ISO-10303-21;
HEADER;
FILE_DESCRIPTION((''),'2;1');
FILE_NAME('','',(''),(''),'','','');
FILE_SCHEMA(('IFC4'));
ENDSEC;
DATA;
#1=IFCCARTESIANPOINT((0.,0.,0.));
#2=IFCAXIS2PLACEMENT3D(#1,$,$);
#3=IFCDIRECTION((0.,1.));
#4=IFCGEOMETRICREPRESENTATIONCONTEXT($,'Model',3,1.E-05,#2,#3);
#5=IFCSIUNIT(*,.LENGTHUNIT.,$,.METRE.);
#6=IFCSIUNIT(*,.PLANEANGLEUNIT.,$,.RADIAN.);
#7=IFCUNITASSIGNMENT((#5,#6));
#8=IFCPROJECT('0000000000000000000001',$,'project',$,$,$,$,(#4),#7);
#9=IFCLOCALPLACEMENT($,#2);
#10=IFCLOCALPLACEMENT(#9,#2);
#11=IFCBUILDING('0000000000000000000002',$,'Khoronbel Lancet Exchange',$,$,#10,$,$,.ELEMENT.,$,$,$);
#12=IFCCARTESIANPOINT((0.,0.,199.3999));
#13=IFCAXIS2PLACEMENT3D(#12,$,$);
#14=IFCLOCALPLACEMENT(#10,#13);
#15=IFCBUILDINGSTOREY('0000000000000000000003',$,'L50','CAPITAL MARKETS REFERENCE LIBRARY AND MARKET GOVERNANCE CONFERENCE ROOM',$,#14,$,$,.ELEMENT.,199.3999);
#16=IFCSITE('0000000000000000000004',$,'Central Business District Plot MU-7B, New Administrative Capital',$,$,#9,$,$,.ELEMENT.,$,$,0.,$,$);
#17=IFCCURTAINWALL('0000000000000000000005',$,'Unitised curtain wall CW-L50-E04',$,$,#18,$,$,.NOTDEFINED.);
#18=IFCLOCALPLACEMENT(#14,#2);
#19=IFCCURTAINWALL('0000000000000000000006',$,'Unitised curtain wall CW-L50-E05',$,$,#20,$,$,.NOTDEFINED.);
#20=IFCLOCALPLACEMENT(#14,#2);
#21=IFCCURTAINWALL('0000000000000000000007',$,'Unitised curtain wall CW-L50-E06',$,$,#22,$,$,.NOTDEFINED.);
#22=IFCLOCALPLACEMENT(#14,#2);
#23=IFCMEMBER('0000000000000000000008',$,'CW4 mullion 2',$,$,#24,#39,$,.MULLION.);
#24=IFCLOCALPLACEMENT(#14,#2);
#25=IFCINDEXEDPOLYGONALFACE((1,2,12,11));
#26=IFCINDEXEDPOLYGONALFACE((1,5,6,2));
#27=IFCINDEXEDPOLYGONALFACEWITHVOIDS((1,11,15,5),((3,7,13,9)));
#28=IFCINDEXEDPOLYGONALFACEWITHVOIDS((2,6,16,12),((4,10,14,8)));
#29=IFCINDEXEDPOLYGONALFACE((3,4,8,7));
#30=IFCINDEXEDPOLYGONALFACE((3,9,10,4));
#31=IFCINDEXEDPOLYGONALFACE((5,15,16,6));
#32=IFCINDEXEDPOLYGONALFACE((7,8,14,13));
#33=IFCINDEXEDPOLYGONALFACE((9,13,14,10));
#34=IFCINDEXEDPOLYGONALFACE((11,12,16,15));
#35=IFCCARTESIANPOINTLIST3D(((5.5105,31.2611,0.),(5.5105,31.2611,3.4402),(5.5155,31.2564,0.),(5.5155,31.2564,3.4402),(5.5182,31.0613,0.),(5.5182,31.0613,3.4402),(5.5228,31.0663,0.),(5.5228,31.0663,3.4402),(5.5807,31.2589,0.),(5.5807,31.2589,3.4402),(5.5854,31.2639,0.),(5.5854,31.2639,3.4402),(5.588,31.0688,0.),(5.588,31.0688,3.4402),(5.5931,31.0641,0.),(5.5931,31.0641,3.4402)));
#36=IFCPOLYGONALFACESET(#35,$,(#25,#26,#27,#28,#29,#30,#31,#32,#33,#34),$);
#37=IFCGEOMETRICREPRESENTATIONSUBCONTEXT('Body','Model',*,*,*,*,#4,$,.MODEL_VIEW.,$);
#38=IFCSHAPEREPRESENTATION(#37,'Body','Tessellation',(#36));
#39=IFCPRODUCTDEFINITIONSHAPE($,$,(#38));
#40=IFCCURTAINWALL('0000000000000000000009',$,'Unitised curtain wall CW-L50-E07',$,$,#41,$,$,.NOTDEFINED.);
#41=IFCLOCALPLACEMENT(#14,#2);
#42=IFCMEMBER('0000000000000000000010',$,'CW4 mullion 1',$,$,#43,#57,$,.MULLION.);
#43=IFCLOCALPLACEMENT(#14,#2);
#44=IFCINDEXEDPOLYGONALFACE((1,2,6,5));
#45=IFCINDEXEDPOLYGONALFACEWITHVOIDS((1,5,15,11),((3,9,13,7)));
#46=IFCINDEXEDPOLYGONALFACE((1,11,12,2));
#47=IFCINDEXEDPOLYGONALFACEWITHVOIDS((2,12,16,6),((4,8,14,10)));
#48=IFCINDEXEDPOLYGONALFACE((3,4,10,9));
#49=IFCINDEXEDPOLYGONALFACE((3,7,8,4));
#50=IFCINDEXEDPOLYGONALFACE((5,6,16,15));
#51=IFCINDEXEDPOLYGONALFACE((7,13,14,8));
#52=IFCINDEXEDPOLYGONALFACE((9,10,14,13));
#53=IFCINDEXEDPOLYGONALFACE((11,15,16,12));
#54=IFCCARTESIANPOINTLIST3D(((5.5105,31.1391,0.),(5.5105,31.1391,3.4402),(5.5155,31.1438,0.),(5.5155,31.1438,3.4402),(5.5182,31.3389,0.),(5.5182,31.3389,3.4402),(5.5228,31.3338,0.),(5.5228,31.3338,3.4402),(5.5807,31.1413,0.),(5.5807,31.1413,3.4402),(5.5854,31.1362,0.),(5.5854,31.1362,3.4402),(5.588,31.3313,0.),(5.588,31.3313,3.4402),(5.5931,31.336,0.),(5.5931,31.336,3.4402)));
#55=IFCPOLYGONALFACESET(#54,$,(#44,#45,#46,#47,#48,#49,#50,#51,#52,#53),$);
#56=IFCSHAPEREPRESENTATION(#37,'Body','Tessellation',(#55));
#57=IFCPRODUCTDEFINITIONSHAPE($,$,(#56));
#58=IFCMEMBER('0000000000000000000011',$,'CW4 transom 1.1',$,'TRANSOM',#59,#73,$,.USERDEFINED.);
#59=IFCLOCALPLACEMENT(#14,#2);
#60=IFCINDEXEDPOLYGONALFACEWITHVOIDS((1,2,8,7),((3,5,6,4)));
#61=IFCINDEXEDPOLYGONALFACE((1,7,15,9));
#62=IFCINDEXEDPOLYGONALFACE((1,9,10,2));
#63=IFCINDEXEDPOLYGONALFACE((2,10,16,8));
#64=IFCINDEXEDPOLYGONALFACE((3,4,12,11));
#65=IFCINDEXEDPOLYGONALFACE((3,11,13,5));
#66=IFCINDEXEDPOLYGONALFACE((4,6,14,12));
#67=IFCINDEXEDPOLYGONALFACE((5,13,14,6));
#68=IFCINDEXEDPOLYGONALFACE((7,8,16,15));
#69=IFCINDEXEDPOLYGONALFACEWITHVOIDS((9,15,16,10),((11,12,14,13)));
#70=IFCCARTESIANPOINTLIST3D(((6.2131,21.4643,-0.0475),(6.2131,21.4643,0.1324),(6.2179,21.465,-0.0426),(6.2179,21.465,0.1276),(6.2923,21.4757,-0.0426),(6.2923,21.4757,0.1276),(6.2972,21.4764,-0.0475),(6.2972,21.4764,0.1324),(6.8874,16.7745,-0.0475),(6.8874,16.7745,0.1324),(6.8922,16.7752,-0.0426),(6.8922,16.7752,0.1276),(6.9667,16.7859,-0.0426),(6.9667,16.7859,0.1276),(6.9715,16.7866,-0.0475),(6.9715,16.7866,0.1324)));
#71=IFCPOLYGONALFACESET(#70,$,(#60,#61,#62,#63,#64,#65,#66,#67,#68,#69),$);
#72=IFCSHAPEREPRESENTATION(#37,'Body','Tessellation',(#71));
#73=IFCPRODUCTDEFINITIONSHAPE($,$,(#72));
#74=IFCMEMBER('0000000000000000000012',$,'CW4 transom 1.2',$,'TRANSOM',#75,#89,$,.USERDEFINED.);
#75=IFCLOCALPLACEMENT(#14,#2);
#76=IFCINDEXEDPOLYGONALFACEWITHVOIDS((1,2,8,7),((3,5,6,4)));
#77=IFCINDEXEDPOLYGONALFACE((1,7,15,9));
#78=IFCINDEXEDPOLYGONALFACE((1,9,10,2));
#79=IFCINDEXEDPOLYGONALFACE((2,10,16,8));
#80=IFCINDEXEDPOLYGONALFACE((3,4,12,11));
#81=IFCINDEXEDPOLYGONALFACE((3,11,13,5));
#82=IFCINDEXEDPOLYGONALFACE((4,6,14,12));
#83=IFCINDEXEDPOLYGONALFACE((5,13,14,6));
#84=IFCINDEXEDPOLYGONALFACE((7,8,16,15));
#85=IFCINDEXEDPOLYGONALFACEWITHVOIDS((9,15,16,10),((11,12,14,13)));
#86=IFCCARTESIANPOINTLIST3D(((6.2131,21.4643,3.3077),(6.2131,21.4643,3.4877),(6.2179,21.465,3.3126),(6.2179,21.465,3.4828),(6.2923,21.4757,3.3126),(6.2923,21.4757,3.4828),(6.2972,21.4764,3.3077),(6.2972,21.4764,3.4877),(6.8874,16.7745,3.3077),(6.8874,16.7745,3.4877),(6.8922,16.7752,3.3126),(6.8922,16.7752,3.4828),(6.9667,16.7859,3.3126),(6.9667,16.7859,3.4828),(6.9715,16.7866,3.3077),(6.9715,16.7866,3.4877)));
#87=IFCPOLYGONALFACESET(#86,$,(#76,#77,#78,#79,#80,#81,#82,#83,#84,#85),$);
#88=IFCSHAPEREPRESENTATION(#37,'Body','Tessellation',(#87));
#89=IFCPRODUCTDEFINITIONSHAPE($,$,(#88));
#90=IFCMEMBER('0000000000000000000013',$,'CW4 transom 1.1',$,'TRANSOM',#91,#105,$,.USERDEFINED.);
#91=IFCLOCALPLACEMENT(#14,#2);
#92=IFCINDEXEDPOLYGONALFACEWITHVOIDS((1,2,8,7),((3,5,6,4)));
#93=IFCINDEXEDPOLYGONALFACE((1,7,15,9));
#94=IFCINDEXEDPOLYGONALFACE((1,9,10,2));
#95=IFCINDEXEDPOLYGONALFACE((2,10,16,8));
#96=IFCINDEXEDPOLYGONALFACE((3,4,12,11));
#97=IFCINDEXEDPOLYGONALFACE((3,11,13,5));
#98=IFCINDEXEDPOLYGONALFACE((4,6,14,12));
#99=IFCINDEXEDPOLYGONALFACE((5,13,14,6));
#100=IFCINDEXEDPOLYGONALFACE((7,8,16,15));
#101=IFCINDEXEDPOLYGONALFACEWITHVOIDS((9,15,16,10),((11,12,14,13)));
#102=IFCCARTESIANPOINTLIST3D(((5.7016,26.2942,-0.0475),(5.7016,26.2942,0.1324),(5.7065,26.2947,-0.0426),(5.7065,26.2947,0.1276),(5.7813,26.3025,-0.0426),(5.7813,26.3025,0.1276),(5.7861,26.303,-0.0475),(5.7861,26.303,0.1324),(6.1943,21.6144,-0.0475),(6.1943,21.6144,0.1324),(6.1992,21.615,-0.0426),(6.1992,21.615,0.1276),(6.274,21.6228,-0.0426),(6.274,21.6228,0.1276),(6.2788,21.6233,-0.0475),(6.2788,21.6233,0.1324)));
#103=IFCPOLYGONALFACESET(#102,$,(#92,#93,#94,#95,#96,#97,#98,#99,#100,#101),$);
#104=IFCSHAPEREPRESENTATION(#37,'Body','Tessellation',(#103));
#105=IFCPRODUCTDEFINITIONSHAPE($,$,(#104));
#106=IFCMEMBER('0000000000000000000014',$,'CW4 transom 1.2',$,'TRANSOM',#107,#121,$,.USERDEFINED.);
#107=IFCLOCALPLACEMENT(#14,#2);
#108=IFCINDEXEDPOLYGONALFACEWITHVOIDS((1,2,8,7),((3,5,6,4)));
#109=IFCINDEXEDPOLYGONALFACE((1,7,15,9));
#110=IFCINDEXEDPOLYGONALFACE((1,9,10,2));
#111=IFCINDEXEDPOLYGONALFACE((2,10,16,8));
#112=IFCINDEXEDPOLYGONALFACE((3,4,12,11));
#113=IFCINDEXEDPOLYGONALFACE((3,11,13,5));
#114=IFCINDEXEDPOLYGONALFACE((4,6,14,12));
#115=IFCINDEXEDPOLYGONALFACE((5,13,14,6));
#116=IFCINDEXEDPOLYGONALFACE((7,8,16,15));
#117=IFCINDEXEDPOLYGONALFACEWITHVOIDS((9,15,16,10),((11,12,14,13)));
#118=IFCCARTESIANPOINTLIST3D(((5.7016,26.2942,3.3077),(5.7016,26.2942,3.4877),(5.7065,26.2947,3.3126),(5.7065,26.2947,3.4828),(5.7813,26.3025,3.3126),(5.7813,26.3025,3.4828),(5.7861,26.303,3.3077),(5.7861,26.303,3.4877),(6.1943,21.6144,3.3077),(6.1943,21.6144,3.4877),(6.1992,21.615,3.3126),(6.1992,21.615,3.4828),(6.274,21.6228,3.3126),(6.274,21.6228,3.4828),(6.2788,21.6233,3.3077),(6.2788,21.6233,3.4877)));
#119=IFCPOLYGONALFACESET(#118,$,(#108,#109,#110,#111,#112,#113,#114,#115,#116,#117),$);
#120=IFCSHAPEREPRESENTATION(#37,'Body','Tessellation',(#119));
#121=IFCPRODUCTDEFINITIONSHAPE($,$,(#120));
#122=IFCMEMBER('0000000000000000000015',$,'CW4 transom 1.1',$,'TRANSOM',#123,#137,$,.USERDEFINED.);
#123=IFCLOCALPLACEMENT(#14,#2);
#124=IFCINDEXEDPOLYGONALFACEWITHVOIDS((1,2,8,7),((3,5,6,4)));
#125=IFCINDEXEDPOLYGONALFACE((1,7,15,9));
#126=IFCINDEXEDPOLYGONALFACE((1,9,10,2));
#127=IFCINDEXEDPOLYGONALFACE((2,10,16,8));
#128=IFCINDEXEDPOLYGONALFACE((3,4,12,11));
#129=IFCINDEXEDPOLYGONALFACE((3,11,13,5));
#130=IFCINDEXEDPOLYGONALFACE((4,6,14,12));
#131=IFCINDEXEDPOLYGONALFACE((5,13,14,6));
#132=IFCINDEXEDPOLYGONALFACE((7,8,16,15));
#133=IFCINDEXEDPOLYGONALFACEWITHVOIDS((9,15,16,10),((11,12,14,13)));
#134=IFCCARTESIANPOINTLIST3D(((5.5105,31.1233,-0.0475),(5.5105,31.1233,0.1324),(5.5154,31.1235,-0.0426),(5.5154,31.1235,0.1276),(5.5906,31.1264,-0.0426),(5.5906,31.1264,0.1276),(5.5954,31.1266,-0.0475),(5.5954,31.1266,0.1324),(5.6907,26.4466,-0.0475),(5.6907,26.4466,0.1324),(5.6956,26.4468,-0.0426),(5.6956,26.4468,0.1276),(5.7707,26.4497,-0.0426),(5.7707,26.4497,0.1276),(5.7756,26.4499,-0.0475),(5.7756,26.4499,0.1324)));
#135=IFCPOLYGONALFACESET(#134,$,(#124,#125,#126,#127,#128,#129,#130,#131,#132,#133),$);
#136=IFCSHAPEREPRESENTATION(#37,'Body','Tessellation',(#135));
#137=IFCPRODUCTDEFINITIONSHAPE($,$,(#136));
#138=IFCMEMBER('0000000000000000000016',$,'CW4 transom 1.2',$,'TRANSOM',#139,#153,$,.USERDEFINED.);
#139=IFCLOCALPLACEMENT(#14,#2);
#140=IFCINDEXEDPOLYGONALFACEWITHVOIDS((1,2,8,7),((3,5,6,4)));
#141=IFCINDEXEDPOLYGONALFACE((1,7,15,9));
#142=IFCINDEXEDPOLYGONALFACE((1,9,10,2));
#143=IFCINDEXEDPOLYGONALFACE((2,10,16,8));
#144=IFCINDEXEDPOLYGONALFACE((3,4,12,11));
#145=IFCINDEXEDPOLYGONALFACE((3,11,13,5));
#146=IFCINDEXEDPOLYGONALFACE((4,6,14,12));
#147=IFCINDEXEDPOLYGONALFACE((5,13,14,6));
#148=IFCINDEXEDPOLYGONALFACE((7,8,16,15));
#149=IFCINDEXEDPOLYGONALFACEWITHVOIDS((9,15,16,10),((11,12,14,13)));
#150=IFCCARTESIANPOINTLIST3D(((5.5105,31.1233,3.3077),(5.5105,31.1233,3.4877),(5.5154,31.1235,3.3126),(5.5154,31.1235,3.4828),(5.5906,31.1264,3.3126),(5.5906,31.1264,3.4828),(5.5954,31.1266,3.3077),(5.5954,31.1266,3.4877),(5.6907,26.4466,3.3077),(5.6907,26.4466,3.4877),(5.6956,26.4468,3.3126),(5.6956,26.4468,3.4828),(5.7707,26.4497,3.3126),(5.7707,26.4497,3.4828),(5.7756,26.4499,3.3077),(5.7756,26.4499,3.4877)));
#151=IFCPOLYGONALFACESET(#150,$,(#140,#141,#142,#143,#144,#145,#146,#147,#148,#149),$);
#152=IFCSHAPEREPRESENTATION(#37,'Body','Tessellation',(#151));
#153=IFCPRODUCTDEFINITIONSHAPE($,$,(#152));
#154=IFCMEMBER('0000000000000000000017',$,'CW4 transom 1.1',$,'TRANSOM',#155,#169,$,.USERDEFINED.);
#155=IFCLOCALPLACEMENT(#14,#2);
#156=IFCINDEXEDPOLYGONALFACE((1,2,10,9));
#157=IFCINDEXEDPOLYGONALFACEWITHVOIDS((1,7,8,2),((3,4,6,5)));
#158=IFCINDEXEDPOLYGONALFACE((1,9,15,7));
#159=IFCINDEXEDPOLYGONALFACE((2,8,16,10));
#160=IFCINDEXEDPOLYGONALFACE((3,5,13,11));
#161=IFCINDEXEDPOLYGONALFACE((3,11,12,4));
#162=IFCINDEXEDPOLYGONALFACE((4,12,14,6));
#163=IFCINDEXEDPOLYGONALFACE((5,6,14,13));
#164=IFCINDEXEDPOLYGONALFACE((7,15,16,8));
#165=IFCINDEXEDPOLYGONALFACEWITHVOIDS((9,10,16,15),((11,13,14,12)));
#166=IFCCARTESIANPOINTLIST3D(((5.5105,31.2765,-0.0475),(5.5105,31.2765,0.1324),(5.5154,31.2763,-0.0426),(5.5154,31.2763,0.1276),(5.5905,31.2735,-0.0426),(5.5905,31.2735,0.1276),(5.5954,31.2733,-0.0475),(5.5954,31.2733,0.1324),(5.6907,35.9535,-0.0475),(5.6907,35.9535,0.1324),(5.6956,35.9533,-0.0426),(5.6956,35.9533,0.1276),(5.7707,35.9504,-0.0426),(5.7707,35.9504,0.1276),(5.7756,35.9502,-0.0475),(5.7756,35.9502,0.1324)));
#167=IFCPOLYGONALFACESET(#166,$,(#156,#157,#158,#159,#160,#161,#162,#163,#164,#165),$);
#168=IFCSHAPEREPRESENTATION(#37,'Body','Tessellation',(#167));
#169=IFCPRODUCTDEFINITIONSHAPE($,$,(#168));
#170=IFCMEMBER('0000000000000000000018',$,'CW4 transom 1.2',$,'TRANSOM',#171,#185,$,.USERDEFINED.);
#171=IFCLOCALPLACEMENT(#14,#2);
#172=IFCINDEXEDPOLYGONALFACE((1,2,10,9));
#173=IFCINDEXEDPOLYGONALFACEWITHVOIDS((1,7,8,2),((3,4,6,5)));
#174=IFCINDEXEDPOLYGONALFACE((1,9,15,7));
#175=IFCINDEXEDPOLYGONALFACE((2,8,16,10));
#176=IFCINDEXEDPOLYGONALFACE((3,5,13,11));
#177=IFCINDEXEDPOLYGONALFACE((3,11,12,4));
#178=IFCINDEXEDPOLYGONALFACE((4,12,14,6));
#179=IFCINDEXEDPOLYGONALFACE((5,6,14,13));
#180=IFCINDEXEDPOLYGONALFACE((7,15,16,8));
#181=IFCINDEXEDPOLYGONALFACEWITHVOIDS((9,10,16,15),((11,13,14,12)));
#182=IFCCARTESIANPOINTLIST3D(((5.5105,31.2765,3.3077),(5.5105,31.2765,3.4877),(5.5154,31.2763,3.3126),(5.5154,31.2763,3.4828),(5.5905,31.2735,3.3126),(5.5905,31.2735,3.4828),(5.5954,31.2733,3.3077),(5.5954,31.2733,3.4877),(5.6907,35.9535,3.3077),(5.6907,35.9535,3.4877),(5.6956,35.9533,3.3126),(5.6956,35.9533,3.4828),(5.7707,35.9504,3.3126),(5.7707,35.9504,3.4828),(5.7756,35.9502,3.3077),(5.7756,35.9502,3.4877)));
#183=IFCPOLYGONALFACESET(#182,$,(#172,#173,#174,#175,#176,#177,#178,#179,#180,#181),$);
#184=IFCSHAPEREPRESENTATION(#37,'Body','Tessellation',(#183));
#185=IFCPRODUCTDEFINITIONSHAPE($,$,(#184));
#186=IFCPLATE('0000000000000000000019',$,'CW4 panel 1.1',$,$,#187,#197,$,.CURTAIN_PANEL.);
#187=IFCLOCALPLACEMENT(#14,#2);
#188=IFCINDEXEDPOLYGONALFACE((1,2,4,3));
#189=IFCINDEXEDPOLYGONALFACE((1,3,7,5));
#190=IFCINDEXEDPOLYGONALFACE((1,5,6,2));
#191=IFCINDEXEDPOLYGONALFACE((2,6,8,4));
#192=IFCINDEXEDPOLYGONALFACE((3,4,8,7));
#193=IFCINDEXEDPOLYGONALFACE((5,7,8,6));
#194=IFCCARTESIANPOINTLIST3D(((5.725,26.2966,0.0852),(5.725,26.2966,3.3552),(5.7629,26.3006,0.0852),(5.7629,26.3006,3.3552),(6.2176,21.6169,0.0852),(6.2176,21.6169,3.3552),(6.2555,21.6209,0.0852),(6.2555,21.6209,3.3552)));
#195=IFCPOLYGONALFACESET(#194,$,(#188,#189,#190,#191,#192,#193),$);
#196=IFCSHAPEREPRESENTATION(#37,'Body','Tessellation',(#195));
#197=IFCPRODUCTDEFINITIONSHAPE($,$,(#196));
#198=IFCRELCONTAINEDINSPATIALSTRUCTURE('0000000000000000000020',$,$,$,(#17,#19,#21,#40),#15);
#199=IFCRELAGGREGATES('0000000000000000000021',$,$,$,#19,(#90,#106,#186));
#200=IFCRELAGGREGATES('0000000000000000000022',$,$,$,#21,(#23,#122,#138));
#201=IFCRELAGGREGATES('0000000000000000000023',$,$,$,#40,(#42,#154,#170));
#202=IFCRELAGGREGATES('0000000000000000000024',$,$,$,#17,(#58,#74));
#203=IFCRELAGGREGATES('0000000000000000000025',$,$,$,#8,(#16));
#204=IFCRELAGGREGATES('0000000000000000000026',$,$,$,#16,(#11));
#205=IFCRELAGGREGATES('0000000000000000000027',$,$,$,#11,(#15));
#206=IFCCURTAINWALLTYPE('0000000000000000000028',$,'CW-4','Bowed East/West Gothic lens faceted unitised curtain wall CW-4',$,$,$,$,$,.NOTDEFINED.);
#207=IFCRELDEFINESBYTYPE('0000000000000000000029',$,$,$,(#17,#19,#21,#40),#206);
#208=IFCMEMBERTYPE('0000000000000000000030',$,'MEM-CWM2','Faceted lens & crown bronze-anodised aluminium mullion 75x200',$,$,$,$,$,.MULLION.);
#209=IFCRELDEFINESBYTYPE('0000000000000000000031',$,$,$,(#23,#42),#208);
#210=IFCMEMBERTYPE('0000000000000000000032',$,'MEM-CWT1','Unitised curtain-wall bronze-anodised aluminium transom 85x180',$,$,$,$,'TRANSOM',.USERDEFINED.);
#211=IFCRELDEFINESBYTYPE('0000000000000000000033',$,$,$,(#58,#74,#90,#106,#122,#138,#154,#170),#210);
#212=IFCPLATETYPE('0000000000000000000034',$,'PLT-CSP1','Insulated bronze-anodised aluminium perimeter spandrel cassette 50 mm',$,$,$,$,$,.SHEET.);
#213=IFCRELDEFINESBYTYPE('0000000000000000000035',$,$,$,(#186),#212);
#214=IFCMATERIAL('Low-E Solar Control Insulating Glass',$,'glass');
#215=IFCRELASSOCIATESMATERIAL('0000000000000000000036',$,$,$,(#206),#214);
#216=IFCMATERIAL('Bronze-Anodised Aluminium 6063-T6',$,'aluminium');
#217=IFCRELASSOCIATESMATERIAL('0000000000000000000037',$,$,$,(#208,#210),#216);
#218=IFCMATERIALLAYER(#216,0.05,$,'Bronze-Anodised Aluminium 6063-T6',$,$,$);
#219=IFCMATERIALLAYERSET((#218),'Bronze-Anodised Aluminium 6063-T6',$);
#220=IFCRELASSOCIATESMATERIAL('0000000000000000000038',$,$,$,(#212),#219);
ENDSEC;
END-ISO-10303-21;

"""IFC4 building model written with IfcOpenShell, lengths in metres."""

from ifc_helpers import new_model, si_unit, direction, frame, origin, origin_2d, place, context, subcontext, project, spatial, rectangle, hollow_rectangle, extrude, material, layer, layer_set, material_profile, profile_set, type_object, element, aggregate, save


model = new_model("IFC4")

# Units and contexts
model_context = context("Model", 3, precision=1e-05, world=origin(), true_north=direction((0.0, 1.0)))
body_context = subcontext(model_context, "Body", "Model", "MODEL_VIEW")
ifc_project = project(units=[si_unit("LENGTHUNIT", "METRE"), si_unit("PLANEANGLEUNIT", "RADIAN")], contexts=[model_context])

# Site, building, storey
site_placement = place(None, origin())
site = spatial("IfcSite", under=ifc_project, at=site_placement, Name="Central Business District Plot MU-7B, New Administrative Capital", CompositionType="ELEMENT", RefElevation=0.0)
building_placement = place(site_placement, origin())
building = spatial("IfcBuilding", under=site, at=building_placement, Name="Khoronbel Lancet Exchange", CompositionType="ELEMENT")
storey_placement = place(building_placement, frame((0.0, 0.0, 199.3999)))
storey = spatial("IfcBuildingStorey", under=building, at=storey_placement, Name="L50", Description="CAPITAL MARKETS REFERENCE LIBRARY AND MARKET GOVERNANCE CONFERENCE ROOM", CompositionType="ELEMENT", Elevation=199.3999)

# Curtain walls, member
ifc_material_1 = material(Name="Low-E Solar Control Insulating Glass", Category="glass")
curtain_wall_type = type_object("IfcCurtainWallType", Name="CW-4", Description="Bowed East/West Gothic lens faceted unitised curtain wall CW-4", PredefinedType="NOTDEFINED", material=ifc_material_1)
curtain_wall_1_placement = place(storey_placement, origin())
curtain_wall_1 = element("IfcCurtainWall", 1, at=curtain_wall_1_placement, inside=storey, type_object=curtain_wall_type, Name="Unitised curtain wall CW-L50-E04", PredefinedType="NOTDEFINED")
ifc_material_2 = material(Name="Bronze-Anodised Aluminium 6063-T6", Category="aluminium")
ifc_material_profile_1 = material_profile(ifc_material_2, hollow_rectangle(XDim=0.075, YDim=0.2, WallThickness=0.0049, at=origin_2d()), Name="ALU MULLION 75x200")
ifc_profile_set_1 = profile_set([ifc_material_profile_1], Name="Bronze-Anodised Aluminium 6063-T6")
member_type_1 = type_object("IfcMemberType", Name="MEM-CWM2", Description="Faceted lens & crown bronze-anodised aluminium mullion 75x200", PredefinedType="MULLION", material=ifc_profile_set_1)
curtain_wall_2_placement = place(storey_placement, origin())
curtain_wall_2 = element("IfcCurtainWall", 2, at=curtain_wall_2_placement, inside=storey, type_object=curtain_wall_type, Name="Unitised curtain wall CW-L50-E05", PredefinedType="NOTDEFINED")
curtain_wall_3_placement = place(storey_placement, origin())
curtain_wall_3 = element("IfcCurtainWall", 3, at=curtain_wall_3_placement, inside=storey, type_object=curtain_wall_type, Name="Unitised curtain wall CW-L50-E06", PredefinedType="NOTDEFINED")
member_1_placement = place(storey_placement, frame((5.5518, 31.1626, 0.0), z_axis=(0.0, 0.0, 1.0), x_axis=(-0.999259, -0.038486, 0.0)))
member_1 = element("IfcMember", 4, at=member_1_placement, type_object=member_type_1, Name="CW4 mullion 2", PredefinedType="MULLION", context=body_context, shape_type="SweptSolid", body=[
    extrude(hollow_rectangle(XDim=0.075, YDim=0.2, WallThickness=0.0049, at=origin_2d()), origin(), (0.0, 0.0, 1.0), 3.4402),
])

# Curtain wall, member
curtain_wall_4_placement = place(storey_placement, origin())
curtain_wall_4 = element("IfcCurtainWall", 5, at=curtain_wall_4_placement, inside=storey, type_object=curtain_wall_type, Name="Unitised curtain wall CW-L50-E07", PredefinedType="NOTDEFINED")
member_2_placement = place(storey_placement, frame((5.5518, 31.2375, 0.0), z_axis=(0.0, 0.0, 1.0), x_axis=(-0.999259, 0.038486, 0.0)))
member_2 = element("IfcMember", 6, at=member_2_placement, type_object=member_type_1, Name="CW4 mullion 1", PredefinedType="MULLION", context=body_context, shape_type="SweptSolid", body=[
    extrude(hollow_rectangle(XDim=0.075, YDim=0.2, WallThickness=0.0049, at=origin_2d()), origin(), (0.0, 0.0, 1.0), 3.4402),
])

# Members
ifc_material_profile_2 = material_profile(ifc_material_2, hollow_rectangle(XDim=0.085, YDim=0.1799, WallThickness=0.0049, at=origin_2d()), Name="ALU TRANSOM 85x180")
ifc_profile_set_2 = profile_set([ifc_material_profile_2], Name="Bronze-Anodised Aluminium 6063-T6")
member_type_2 = type_object("IfcMemberType", Name="MEM-CWT1", Description="Unitised curtain-wall bronze-anodised aluminium transom 85x180", ElementType="TRANSOM", PredefinedType="USERDEFINED", material=ifc_profile_set_2)
member_3_placement = place(storey_placement, frame((6.9294, 16.7805, 0.0425), z_axis=(-0.142323, 0.98982, 0.0), x_axis=(-0.98982, -0.142323, 0.0)))
member_3 = element("IfcMember", 7, at=member_3_placement, type_object=member_type_2, Name="CW4 transom 1.1", ObjectType="TRANSOM", PredefinedType="USERDEFINED", context=body_context, shape_type="SweptSolid", body=[
    extrude(hollow_rectangle(XDim=0.085, YDim=0.1799, WallThickness=0.0049, at=origin_2d()), origin(), (0.0, 0.0, 1.0), 4.738),
])
member_4_placement = place(storey_placement, frame((6.9294, 16.7805, 3.3977), z_axis=(-0.142323, 0.98982, 0.0), x_axis=(-0.98982, -0.142323, 0.0)))
member_4 = element("IfcMember", 8, at=member_4_placement, type_object=member_type_2, Name="CW4 transom 1.2", ObjectType="TRANSOM", PredefinedType="USERDEFINED", context=body_context, shape_type="SweptSolid", body=[
    extrude(hollow_rectangle(XDim=0.085, YDim=0.1799, WallThickness=0.0049, at=origin_2d()), origin(), (0.0, 0.0, 1.0), 4.738),
])
member_5_placement = place(storey_placement, frame((6.2366, 21.6189, 0.0425), z_axis=(-0.104701, 0.994504, 0.0), x_axis=(-0.994504, -0.104701, 0.0)))
member_5 = element("IfcMember", 9, at=member_5_placement, type_object=member_type_2, Name="CW4 transom 1.1", ObjectType="TRANSOM", PredefinedType="USERDEFINED", context=body_context, shape_type="SweptSolid", body=[
    extrude(hollow_rectangle(XDim=0.085, YDim=0.1799, WallThickness=0.0049, at=origin_2d()), origin(), (0.0, 0.0, 1.0), 4.7056),
])
member_6_placement = place(storey_placement, frame((6.2366, 21.6189, 3.3977), z_axis=(-0.104701, 0.994504, 0.0), x_axis=(-0.994504, -0.104701, 0.0)))
member_6 = element("IfcMember", 10, at=member_6_placement, type_object=member_type_2, Name="CW4 transom 1.2", ObjectType="TRANSOM", PredefinedType="USERDEFINED", context=body_context, shape_type="SweptSolid", body=[
    extrude(hollow_rectangle(XDim=0.085, YDim=0.1799, WallThickness=0.0049, at=origin_2d()), origin(), (0.0, 0.0, 1.0), 4.7056),
])
member_7_placement = place(storey_placement, frame((5.7332, 26.4482, 0.0425), z_axis=(-0.038497, 0.999259, 0.0), x_axis=(-0.999259, -0.038497, 0.0)))
member_7 = element("IfcMember", 11, at=member_7_placement, type_object=member_type_2, Name="CW4 transom 1.1", ObjectType="TRANSOM", PredefinedType="USERDEFINED", context=body_context, shape_type="SweptSolid", body=[
    extrude(hollow_rectangle(XDim=0.085, YDim=0.1799, WallThickness=0.0049, at=origin_2d()), origin(), (0.0, 0.0, 1.0), 4.6802),
])
member_8_placement = place(storey_placement, frame((5.7332, 26.4482, 3.3977), z_axis=(-0.038497, 0.999259, 0.0), x_axis=(-0.999259, -0.038497, 0.0)))
member_8 = element("IfcMember", 12, at=member_8_placement, type_object=member_type_2, Name="CW4 transom 1.2", ObjectType="TRANSOM", PredefinedType="USERDEFINED", context=body_context, shape_type="SweptSolid", body=[
    extrude(hollow_rectangle(XDim=0.085, YDim=0.1799, WallThickness=0.0049, at=origin_2d()), origin(), (0.0, 0.0, 1.0), 4.6802),
])
member_9_placement = place(storey_placement, frame((5.553, 31.2749, 0.0425), z_axis=(0.038495, 0.999259, 0.0), x_axis=(-0.999259, 0.038495, 0.0)))
member_9 = element("IfcMember", 13, at=member_9_placement, type_object=member_type_2, Name="CW4 transom 1.1", ObjectType="TRANSOM", PredefinedType="USERDEFINED", context=body_context, shape_type="SweptSolid", body=[
    extrude(hollow_rectangle(XDim=0.085, YDim=0.1799, WallThickness=0.0049, at=origin_2d()), origin(), (0.0, 0.0, 1.0), 4.6804),
])
member_10_placement = place(storey_placement, frame((5.553, 31.2749, 3.3977), z_axis=(0.038495, 0.999259, 0.0), x_axis=(-0.999259, 0.038495, 0.0)))
member_10 = element("IfcMember", 14, at=member_10_placement, type_object=member_type_2, Name="CW4 transom 1.2", ObjectType="TRANSOM", PredefinedType="USERDEFINED", context=body_context, shape_type="SweptSolid", body=[
    extrude(hollow_rectangle(XDim=0.085, YDim=0.1799, WallThickness=0.0049, at=origin_2d()), origin(), (0.0, 0.0, 1.0), 4.6804),
])

# Plate
ifc_layer_1 = layer(ifc_material_2, 0.05, Name="Bronze-Anodised Aluminium 6063-T6")
ifc_layer_set_1 = layer_set([ifc_layer_1], Name="Bronze-Anodised Aluminium 6063-T6")
plate_type_1 = type_object("IfcPlateType", Name="PLT-CSP1", Description="Insulated bronze-anodised aluminium perimeter spandrel cassette 50 mm", PredefinedType="SHEET", material=ifc_layer_set_1)
plate_1_placement = place(storey_placement, frame((5.9902, 23.9587, 0.0852), z_axis=(0.0, 0.0, 1.0), x_axis=(-0.104686, 0.994505, 0.0)))
plate_1 = element("IfcPlate", 15, at=plate_1_placement, type_object=plate_type_1, Name="CW4 panel 1.1", PredefinedType="CURTAIN_PANEL", context=body_context, shape_type="SweptSolid", body=[
    extrude(rectangle(XDim=4.7056, YDim=0.0381, at=origin_2d()), origin(), (0.0, 0.0, 1.0), 3.27),
])
aggregate(curtain_wall_2, [member_5, member_6, plate_1])
aggregate(curtain_wall_3, [member_1, member_7, member_8])
aggregate(curtain_wall_4, [member_2, member_9, member_10])
aggregate(curtain_wall_1, [member_3, member_4])

save(model, "model.ifc")
